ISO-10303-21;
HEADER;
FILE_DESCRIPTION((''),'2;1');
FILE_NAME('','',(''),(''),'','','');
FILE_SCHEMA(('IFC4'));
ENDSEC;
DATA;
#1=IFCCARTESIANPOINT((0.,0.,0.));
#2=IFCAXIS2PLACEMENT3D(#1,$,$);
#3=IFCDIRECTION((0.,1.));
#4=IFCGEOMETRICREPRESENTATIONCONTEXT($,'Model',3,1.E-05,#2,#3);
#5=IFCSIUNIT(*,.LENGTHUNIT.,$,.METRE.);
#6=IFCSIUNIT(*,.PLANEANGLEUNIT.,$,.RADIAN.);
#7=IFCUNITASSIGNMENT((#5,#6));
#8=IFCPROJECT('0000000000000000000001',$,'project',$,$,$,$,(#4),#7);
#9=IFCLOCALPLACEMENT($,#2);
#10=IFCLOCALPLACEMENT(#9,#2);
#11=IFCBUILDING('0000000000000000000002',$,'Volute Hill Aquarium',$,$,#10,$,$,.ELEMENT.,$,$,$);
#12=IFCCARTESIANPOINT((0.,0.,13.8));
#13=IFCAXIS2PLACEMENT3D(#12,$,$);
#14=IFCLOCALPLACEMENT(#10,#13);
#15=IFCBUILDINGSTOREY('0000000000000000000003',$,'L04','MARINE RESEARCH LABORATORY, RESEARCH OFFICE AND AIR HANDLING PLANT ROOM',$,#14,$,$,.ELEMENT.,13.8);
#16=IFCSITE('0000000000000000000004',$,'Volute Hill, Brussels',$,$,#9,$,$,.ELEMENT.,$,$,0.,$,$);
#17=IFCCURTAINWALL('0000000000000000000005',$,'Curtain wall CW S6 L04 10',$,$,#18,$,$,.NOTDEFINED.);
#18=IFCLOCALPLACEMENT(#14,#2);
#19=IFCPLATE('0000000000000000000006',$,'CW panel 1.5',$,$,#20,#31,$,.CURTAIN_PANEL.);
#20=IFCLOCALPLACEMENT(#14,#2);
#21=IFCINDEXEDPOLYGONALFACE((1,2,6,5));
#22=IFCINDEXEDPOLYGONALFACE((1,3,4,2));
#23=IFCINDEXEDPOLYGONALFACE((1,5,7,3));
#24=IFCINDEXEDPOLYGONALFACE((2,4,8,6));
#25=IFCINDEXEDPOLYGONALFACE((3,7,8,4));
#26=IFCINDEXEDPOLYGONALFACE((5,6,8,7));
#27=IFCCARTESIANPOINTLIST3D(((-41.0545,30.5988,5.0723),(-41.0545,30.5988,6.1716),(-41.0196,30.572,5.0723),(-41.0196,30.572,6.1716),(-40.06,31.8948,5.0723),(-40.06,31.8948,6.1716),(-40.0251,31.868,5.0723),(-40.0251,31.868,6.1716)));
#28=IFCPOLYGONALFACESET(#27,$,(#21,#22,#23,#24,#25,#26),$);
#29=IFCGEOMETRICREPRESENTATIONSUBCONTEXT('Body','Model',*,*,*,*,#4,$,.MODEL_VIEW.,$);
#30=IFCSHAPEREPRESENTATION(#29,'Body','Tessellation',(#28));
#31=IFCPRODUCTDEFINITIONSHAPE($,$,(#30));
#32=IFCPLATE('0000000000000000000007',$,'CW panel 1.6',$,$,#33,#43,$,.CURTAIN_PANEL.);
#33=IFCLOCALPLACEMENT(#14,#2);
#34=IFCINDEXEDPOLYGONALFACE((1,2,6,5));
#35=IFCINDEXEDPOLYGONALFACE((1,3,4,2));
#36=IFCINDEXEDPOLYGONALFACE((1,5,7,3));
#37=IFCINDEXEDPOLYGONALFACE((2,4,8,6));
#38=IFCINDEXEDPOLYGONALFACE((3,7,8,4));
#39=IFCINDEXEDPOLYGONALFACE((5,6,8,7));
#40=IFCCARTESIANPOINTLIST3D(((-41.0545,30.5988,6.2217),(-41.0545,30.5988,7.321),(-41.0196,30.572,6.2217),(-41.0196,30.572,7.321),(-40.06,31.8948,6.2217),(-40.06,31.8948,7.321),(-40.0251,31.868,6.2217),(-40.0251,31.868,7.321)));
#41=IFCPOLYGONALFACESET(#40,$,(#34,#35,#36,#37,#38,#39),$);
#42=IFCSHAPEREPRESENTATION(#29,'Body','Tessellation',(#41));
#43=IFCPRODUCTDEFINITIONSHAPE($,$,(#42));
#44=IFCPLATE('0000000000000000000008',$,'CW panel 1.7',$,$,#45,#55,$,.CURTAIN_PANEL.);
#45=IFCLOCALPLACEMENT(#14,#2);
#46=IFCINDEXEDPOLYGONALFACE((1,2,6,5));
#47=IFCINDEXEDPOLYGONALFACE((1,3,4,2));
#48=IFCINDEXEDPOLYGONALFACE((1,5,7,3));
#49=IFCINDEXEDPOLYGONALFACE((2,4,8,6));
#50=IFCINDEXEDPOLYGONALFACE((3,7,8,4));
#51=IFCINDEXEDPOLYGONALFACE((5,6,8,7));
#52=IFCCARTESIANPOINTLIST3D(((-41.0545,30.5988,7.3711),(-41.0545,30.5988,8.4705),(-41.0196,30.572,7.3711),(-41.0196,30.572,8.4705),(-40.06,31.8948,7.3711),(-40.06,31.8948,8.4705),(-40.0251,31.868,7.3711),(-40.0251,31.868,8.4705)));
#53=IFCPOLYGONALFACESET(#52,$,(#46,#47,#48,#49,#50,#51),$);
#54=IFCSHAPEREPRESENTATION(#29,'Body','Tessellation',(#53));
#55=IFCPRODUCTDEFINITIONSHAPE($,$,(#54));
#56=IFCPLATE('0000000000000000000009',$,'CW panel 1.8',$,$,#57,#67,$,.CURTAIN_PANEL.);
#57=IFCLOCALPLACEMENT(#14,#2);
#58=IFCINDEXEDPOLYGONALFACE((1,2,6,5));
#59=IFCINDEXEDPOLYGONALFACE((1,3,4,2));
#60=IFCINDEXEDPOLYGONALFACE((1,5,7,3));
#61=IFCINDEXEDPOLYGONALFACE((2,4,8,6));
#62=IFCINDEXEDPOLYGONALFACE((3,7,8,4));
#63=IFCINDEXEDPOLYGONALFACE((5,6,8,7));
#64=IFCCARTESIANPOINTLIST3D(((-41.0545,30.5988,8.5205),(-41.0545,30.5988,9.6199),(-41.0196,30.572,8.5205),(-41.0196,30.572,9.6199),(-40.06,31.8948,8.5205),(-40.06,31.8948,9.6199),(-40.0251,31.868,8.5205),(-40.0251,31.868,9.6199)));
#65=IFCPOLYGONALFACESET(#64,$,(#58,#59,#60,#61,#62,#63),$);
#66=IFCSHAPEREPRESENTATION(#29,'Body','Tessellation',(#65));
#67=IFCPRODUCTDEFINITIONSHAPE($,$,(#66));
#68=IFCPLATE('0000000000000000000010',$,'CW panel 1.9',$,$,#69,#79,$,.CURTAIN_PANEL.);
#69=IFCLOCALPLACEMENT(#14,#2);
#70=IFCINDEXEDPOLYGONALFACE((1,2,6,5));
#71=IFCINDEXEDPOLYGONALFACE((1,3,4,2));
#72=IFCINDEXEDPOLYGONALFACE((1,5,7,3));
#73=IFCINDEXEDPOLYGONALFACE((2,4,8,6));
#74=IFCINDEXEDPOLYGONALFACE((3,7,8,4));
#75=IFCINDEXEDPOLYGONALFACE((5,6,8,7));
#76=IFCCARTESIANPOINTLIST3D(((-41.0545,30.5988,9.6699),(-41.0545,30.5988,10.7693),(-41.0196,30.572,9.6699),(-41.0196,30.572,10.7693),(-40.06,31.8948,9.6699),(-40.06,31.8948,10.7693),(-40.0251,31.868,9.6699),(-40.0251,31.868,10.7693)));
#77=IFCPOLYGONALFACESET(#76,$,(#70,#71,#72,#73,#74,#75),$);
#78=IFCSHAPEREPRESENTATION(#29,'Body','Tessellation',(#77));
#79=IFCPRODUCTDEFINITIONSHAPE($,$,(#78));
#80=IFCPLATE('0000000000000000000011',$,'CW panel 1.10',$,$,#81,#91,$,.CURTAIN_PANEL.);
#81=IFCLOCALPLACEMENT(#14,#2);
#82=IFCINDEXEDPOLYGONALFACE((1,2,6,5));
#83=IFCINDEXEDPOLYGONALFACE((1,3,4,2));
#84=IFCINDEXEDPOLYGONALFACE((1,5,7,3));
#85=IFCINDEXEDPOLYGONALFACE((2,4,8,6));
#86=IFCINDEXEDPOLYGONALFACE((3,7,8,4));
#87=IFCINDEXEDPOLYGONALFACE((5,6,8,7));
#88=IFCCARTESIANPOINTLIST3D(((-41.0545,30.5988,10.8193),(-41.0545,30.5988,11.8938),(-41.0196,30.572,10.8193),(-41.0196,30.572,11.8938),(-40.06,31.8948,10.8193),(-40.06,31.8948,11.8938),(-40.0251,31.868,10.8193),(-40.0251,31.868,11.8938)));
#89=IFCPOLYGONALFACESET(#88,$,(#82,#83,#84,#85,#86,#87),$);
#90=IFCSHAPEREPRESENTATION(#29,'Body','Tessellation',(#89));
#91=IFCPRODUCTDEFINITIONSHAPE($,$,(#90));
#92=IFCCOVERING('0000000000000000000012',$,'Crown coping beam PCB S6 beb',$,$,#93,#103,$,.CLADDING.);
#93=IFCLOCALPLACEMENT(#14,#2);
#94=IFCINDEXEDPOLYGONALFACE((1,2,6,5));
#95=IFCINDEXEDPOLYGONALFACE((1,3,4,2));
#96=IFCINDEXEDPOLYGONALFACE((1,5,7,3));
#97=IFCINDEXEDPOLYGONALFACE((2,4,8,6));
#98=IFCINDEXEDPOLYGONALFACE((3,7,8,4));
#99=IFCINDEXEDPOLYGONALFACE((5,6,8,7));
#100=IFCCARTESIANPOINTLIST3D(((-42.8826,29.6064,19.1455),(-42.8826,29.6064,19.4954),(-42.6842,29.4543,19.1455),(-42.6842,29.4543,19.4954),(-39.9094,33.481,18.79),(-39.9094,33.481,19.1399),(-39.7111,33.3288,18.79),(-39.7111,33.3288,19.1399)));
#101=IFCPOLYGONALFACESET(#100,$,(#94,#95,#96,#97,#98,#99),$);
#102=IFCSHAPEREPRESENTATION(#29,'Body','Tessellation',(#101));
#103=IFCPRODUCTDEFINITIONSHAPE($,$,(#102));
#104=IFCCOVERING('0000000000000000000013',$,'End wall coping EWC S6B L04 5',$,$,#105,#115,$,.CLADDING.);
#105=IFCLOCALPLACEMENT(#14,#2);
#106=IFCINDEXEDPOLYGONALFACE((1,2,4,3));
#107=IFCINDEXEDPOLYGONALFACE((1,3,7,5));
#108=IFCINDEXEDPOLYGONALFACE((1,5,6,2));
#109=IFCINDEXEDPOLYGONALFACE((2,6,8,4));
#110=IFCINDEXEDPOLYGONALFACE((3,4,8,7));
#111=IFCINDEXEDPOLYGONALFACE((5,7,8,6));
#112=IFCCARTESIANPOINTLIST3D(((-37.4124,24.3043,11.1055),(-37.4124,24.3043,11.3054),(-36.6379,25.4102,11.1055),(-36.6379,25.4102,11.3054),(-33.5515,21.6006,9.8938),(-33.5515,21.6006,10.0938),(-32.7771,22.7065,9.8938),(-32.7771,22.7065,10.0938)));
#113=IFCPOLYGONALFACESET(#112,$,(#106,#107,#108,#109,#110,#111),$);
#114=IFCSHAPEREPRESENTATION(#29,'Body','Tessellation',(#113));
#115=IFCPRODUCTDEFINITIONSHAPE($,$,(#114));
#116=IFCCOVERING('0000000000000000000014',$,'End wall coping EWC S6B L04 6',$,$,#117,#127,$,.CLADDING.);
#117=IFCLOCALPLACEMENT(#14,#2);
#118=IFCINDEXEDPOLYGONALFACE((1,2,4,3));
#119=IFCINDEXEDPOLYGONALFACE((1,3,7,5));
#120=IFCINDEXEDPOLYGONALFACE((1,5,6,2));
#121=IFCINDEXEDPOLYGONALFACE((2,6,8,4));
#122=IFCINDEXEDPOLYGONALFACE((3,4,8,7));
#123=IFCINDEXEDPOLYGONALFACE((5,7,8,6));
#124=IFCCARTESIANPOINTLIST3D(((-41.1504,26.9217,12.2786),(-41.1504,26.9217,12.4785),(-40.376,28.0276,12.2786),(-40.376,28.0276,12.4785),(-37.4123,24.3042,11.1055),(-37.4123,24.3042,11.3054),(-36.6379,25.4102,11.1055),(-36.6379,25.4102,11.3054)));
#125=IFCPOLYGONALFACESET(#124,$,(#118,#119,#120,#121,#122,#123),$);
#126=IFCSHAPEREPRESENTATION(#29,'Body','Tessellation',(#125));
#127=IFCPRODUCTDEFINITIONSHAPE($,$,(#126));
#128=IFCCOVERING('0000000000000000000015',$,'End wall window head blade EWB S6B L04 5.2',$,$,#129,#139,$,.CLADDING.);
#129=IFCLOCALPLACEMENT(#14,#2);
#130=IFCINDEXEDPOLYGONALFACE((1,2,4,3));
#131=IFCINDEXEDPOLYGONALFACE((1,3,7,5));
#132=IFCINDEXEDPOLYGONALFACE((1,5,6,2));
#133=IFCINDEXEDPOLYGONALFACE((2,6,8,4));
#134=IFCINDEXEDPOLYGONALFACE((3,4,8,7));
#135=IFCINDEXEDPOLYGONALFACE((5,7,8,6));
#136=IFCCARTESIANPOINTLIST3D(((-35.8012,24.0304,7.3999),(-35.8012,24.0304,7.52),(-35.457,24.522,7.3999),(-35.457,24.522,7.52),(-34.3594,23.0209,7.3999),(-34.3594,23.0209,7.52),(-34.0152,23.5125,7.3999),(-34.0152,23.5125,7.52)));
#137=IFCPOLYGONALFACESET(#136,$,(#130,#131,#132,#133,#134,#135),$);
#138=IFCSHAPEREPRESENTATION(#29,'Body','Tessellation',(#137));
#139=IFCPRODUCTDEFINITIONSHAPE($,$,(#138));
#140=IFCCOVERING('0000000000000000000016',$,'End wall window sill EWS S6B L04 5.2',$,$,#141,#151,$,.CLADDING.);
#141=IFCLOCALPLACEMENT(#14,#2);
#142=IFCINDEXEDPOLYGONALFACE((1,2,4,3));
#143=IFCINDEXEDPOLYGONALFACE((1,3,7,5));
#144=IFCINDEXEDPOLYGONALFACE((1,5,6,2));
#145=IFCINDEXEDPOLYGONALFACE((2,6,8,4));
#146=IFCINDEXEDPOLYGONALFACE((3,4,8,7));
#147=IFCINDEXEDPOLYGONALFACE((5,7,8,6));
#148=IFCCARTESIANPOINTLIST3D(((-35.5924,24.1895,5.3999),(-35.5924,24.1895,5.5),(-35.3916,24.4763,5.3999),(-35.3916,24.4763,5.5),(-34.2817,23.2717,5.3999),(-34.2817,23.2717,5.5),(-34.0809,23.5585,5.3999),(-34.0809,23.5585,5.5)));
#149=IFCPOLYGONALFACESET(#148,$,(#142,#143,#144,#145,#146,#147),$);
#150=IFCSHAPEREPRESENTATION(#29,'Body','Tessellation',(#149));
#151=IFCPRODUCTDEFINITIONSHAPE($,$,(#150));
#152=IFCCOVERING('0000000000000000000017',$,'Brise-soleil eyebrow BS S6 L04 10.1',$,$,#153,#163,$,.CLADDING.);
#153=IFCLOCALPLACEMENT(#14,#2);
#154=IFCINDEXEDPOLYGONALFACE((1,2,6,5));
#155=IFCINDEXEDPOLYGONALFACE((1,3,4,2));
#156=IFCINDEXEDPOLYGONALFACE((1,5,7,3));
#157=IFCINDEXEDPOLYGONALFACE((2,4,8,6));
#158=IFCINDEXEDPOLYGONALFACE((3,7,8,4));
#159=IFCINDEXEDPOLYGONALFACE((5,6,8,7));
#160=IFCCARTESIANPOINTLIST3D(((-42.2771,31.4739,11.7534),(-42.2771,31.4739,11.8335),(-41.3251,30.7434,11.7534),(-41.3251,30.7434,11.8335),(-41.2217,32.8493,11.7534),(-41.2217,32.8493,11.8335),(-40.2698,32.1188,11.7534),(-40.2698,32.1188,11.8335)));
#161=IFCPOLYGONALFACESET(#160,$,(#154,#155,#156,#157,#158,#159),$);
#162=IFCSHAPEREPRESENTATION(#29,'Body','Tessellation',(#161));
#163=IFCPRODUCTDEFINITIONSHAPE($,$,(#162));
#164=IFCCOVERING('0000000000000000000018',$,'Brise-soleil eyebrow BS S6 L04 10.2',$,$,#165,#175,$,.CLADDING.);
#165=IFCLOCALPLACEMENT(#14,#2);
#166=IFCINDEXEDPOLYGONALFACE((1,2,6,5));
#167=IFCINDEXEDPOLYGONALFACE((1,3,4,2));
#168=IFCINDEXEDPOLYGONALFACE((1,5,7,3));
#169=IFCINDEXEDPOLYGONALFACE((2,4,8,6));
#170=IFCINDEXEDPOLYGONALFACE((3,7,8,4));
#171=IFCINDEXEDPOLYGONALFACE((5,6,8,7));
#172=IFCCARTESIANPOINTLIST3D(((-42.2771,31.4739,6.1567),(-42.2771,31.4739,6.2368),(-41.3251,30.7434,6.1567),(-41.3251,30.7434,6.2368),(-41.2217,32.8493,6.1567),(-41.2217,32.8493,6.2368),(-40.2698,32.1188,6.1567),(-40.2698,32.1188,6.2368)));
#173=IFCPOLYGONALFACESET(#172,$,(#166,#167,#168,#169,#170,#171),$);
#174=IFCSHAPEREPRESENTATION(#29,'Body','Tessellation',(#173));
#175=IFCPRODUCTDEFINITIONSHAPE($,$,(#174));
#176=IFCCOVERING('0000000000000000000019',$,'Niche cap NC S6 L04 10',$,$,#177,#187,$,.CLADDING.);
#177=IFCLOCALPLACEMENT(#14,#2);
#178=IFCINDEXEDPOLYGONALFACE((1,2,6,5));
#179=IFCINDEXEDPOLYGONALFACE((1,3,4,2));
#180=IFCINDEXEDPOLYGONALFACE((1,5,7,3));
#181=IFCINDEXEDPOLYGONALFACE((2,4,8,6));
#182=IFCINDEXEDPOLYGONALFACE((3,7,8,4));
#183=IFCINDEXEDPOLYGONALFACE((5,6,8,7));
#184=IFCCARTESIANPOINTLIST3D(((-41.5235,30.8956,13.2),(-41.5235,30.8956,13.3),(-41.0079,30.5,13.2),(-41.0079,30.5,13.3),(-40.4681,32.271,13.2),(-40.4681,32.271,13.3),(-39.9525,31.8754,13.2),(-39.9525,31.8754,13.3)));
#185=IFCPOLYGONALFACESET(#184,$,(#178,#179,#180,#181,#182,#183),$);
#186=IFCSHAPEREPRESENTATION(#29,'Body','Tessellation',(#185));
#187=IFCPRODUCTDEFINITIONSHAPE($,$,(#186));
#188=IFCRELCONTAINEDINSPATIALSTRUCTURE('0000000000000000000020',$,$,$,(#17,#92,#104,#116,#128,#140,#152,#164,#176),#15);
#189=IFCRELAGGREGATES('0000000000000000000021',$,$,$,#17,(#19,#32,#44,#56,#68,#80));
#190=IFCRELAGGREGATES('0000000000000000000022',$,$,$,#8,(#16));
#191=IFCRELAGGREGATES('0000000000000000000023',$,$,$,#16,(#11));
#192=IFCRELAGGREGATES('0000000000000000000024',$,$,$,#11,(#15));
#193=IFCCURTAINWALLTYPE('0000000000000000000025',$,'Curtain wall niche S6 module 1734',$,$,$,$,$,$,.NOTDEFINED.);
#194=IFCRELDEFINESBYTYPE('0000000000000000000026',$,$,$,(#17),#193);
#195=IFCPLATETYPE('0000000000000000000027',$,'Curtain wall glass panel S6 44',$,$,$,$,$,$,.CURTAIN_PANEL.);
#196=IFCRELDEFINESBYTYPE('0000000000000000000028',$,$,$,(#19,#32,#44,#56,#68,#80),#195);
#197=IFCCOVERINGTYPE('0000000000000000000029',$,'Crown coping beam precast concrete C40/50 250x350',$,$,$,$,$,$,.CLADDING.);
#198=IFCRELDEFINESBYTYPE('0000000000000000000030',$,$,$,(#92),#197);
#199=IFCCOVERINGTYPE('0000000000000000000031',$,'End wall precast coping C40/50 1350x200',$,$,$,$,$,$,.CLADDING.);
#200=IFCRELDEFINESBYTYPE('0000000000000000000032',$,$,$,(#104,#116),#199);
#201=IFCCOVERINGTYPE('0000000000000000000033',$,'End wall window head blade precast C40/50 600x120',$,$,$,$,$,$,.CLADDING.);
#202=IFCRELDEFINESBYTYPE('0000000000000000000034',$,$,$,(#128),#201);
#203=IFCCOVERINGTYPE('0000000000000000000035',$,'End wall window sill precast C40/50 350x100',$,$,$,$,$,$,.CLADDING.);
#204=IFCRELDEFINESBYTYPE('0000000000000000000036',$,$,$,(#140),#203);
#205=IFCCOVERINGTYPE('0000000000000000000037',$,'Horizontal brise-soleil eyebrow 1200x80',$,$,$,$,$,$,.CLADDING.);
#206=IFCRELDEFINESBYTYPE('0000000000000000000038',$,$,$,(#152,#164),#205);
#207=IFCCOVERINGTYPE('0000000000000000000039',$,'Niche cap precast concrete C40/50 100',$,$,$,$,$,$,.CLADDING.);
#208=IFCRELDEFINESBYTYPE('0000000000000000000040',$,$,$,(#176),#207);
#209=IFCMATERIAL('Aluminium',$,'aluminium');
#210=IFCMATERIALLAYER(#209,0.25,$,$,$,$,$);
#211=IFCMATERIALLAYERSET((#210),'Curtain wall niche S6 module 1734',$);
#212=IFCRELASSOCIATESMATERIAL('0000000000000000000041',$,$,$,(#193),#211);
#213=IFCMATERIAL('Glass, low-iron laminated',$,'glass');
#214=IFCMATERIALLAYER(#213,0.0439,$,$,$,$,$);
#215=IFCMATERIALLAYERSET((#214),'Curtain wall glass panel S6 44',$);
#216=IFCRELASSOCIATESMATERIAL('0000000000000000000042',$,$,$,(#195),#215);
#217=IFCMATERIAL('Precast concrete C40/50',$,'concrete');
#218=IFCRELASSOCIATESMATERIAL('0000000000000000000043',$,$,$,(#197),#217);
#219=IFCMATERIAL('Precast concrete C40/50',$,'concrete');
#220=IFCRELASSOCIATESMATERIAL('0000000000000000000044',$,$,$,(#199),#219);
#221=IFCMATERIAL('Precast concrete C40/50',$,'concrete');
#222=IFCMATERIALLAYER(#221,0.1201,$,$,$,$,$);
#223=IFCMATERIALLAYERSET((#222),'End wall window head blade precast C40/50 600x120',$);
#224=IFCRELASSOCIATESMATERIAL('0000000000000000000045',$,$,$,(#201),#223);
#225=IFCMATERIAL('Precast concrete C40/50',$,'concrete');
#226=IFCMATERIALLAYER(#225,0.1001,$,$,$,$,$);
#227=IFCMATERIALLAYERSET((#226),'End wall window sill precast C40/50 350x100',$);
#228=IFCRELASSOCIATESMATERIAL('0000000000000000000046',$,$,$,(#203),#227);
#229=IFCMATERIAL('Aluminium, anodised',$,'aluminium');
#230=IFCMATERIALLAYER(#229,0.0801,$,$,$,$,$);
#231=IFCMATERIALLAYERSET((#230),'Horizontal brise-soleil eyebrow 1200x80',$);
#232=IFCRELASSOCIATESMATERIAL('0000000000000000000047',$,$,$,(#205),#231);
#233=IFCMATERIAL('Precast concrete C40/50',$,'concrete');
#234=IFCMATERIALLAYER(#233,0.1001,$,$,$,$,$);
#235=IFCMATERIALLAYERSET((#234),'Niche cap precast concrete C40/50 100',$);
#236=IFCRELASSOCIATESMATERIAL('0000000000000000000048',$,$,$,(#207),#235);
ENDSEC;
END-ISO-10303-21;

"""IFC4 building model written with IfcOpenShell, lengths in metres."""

from ifc_helpers import new_model, si_unit, direction, frame, origin, origin_2d, place, context, subcontext, project, spatial, polyline, rectangle, outline, extrude, material, layer, layer_set, type_object, element, aggregate, save


model = new_model("IFC4")

# Units and contexts
model_context = context("Model", 3, precision=1e-05, world=origin(), true_north=direction((0.0, 1.0)))
body_context = subcontext(model_context, "Body", "Model", "MODEL_VIEW")
ifc_project = project(units=[si_unit("LENGTHUNIT", "METRE"), si_unit("PLANEANGLEUNIT", "RADIAN")], contexts=[model_context])

# Site, building, storey
site_placement = place(None, origin())
site = spatial("IfcSite", under=ifc_project, at=site_placement, Name="Volute Hill, Brussels", CompositionType="ELEMENT", RefElevation=0.0)
building_placement = place(site_placement, origin())
building = spatial("IfcBuilding", under=site, at=building_placement, Name="Volute Hill Aquarium", CompositionType="ELEMENT")
storey_placement = place(building_placement, frame((0.0, 0.0, 13.8)))
storey = spatial("IfcBuildingStorey", under=building, at=storey_placement, Name="L04", Description="MARINE RESEARCH LABORATORY, RESEARCH OFFICE AND AIR HANDLING PLANT ROOM", CompositionType="ELEMENT", Elevation=13.8)

# Curtain wall
ifc_material_1 = material(Name="Aluminium", Category="aluminium")
ifc_layer_1 = layer(ifc_material_1, 0.25)
ifc_layer_set_1 = layer_set([ifc_layer_1], Name="Curtain wall niche S6 module 1734")
curtain_wall_type_1 = type_object("IfcCurtainWallType", Name="Curtain wall niche S6 module 1734", PredefinedType="NOTDEFINED", material=ifc_layer_set_1)
curtain_wall_1_placement = place(storey_placement, origin())
curtain_wall_1 = element("IfcCurtainWall", 1, at=curtain_wall_1_placement, inside=storey, type_object=curtain_wall_type_1, Name="Curtain wall CW S6 L04 10", PredefinedType="NOTDEFINED")

# Shared definitions
ifc_material_2 = material(Name="Glass, low-iron laminated", Category="glass")
ifc_layer_2 = layer(ifc_material_2, 0.0439)
ifc_layer_set_2 = layer_set([ifc_layer_2], Name="Curtain wall glass panel S6 44")
plate_type = type_object("IfcPlateType", Name="Curtain wall glass panel S6 44", PredefinedType="CURTAIN_PANEL", material=ifc_layer_set_2)

# Plates
plate_1_placement = place(storey_placement, frame((-40.5398, 31.2334, 5.0723), z_axis=(0.0, 0.0, 1.0), x_axis=(-0.608767, -0.793349, 0.0)))
plate_1 = element("IfcPlate", 2, at=plate_1_placement, type_object=plate_type, Name="CW panel 1.5", PredefinedType="CURTAIN_PANEL", context=body_context, shape_type="SweptSolid", body=[
    extrude(rectangle(XDim=1.6335, YDim=0.0439, at=origin_2d()), origin(), (0.0, 0.0, 1.0), 1.0994),
])
plate_2_placement = place(storey_placement, frame((-40.5398, 31.2334, 6.2217), z_axis=(0.0, 0.0, 1.0), x_axis=(-0.608767, -0.793349, 0.0)))
plate_2 = element("IfcPlate", 3, at=plate_2_placement, type_object=plate_type, Name="CW panel 1.6", PredefinedType="CURTAIN_PANEL", context=body_context, shape_type="SweptSolid", body=[
    extrude(rectangle(XDim=1.6335, YDim=0.0439, at=origin_2d()), origin(), (0.0, 0.0, 1.0), 1.0994),
])
plate_3_placement = place(storey_placement, frame((-40.5398, 31.2334, 7.3711), z_axis=(0.0, 0.0, 1.0), x_axis=(-0.608767, -0.793349, 0.0)))
plate_3 = element("IfcPlate", 4, at=plate_3_placement, type_object=plate_type, Name="CW panel 1.7", PredefinedType="CURTAIN_PANEL", context=body_context, shape_type="SweptSolid", body=[
    extrude(rectangle(XDim=1.6335, YDim=0.0439, at=origin_2d()), origin(), (0.0, 0.0, 1.0), 1.0994),
])
plate_4_placement = place(storey_placement, frame((-40.5398, 31.2334, 8.5205), z_axis=(0.0, 0.0, 1.0), x_axis=(-0.608767, -0.793349, 0.0)))
plate_4 = element("IfcPlate", 5, at=plate_4_placement, type_object=plate_type, Name="CW panel 1.8", PredefinedType="CURTAIN_PANEL", context=body_context, shape_type="SweptSolid", body=[
    extrude(rectangle(XDim=1.6335, YDim=0.0439, at=origin_2d()), origin(), (0.0, 0.0, 1.0), 1.0994),
])
plate_5_placement = place(storey_placement, frame((-40.5398, 31.2334, 9.6699), z_axis=(0.0, 0.0, 1.0), x_axis=(-0.608767, -0.793349, 0.0)))
plate_5 = element("IfcPlate", 6, at=plate_5_placement, type_object=plate_type, Name="CW panel 1.9", PredefinedType="CURTAIN_PANEL", context=body_context, shape_type="SweptSolid", body=[
    extrude(rectangle(XDim=1.6335, YDim=0.0439, at=origin_2d()), origin(), (0.0, 0.0, 1.0), 1.0994),
])
plate_6_placement = place(storey_placement, frame((-40.5398, 31.2334, 10.8193), z_axis=(0.0, 0.0, 1.0), x_axis=(-0.608767, -0.793349, 0.0)))
plate_6 = element("IfcPlate", 7, at=plate_6_placement, type_object=plate_type, Name="CW panel 1.10", PredefinedType="CURTAIN_PANEL", context=body_context, shape_type="SweptSolid", body=[
    extrude(rectangle(XDim=1.6335, YDim=0.0439, at=origin_2d()), origin(), (0.0, 0.0, 1.0), 1.0745),
])
aggregate(curtain_wall_1, [plate_1, plate_2, plate_3, plate_4, plate_5, plate_6])

# Coverings
ifc_material_3 = material(Name="Precast concrete C40/50", Category="concrete")
covering_type_1 = type_object("IfcCoveringType", Name="Crown coping beam precast concrete C40/50 250x350", PredefinedType="CLADDING", material=ifc_material_3)
covering_1_placement = place(storey_placement, frame((-39.9094, 33.481, 18.79), z_axis=(-0.793341, 0.608778, 0.0), x_axis=(-0.607172, -0.791248, 0.072593)))
element("IfcCovering", 8, at=covering_1_placement, inside=storey, type_object=covering_type_1, Name="Crown coping beam PCB S6 beb", PredefinedType="CLADDING", context=body_context, shape_type="SweptSolid", body=[
    extrude(outline(polyline([(0.0, 0.0), (4.8967, 0.0), (4.9221, 0.3489), (0.0254, 0.3489), (0.0, 0.0)])), origin(), (0.0, 0.0, -1.0), 0.25),
])
ifc_material_4 = material(Name="Precast concrete C40/50", Category="concrete")
covering_type_2 = type_object("IfcCoveringType", Name="End wall precast coping C40/50 1350x200", PredefinedType="CLADDING", material=ifc_material_4)
covering_2_placement = place(storey_placement, frame((-32.7771, 22.7065, 9.8938), z_axis=(0.573608, 0.81913, 0.0), x_axis=(-0.793335, 0.555545, 0.248977)))
element("IfcCovering", 9, at=covering_2_placement, inside=storey, type_object=covering_type_2, Name="End wall coping EWC S6B L04 5", PredefinedType="CLADDING", context=body_context, shape_type="SweptSolid", body=[
    extrude(outline(polyline([(0.0, 0.0), (4.8666, 0.0), (4.9164, 0.1937), (0.0498, 0.1937), (0.0, 0.0)])), origin(), (0.0, 0.0, -1.0), 1.3501),
])
covering_3_placement = place(storey_placement, frame((-36.6379, 25.4102, 11.1055), z_axis=(0.573581, 0.819149, 0.0), x_axis=(-0.793354, 0.555519, 0.248976)))
element("IfcCovering", 10, at=covering_3_placement, inside=storey, type_object=covering_type_2, Name="End wall coping EWC S6B L04 6", PredefinedType="CLADDING", context=body_context, shape_type="SweptSolid", body=[
    extrude(outline(polyline([(0.0, 0.0), (4.7117, 0.0), (4.7615, 0.1937), (0.0498, 0.1937), (0.0, 0.0)])), origin(), (0.0, 0.0, -1.0), 1.3501),
])
ifc_material_5 = material(Name="Precast concrete C40/50", Category="concrete")
ifc_layer_3 = layer(ifc_material_5, 0.1201)
ifc_layer_set_3 = layer_set([ifc_layer_3], Name="End wall window head blade precast C40/50 600x120")
covering_type_3 = type_object("IfcCoveringType", Name="End wall window head blade precast C40/50 600x120", PredefinedType="CLADDING", material=ifc_layer_set_3)
covering_4_placement = place(storey_placement, frame((-34.9082, 23.7715, 7.3999), z_axis=(0.0, 0.0, 1.0), x_axis=(-0.819151, 0.573577, 0.0)))
element("IfcCovering", 11, at=covering_4_placement, inside=storey, type_object=covering_type_3, Name="End wall window head blade EWB S6B L04 5.2", PredefinedType="CLADDING", context=body_context, shape_type="SweptSolid", body=[
    extrude(rectangle(XDim=1.76, YDim=0.6001, at=origin_2d()), origin(), (0.0, 0.0, 1.0), 0.1201),
])
ifc_material_6 = material(Name="Precast concrete C40/50", Category="concrete")
ifc_layer_4 = layer(ifc_material_6, 0.1001)
ifc_layer_set_4 = layer_set([ifc_layer_4], Name="End wall window sill precast C40/50 350x100")
covering_type_4 = type_object("IfcCoveringType", Name="End wall window sill precast C40/50 350x100", PredefinedType="CLADDING", material=ifc_layer_set_4)
covering_5_placement = place(storey_placement, frame((-34.8367, 23.874, 5.3999), z_axis=(0.0, 0.0, 1.0), x_axis=(-0.819151, 0.573577, 0.0)))
element("IfcCovering", 12, at=covering_5_placement, inside=storey, type_object=covering_type_4, Name="End wall window sill EWS S6B L04 5.2", PredefinedType="CLADDING", context=body_context, shape_type="SweptSolid", body=[
    extrude(rectangle(XDim=1.6001, YDim=0.3501, at=origin_2d()), origin(), (0.0, 0.0, 1.0), 0.1001),
])
ifc_material_7 = material(Name="Aluminium, anodised", Category="aluminium")
ifc_layer_5 = layer(ifc_material_7, 0.0801)
ifc_layer_set_5 = layer_set([ifc_layer_5], Name="Horizontal brise-soleil eyebrow 1200x80")
covering_type_5 = type_object("IfcCoveringType", Name="Horizontal brise-soleil eyebrow 1200x80", PredefinedType="CLADDING", material=ifc_layer_set_5)
for number, where, z_axis, x_axis, name in (
    (13, (-41.2734, 31.7964, 11.7534), (0.0, 0.0, 1.0), (-0.608766, -0.79335, 0.0), "Brise-soleil eyebrow BS S6 L04 10.1"),
    (14, (-41.2734, 31.7964, 6.1567), (0.0, 0.0, 1.0), (-0.608766, -0.79335, 0.0), "Brise-soleil eyebrow BS S6 L04 10.2"),
):
    element("IfcCovering", number, at=place(storey_placement, frame(where, z_axis=z_axis, x_axis=x_axis)), inside=storey, type_object=covering_type_5, Name=name, PredefinedType="CLADDING", context=body_context, shape_type="SweptSolid", body=[
        extrude(rectangle(XDim=1.7336, YDim=1.2, at=origin_2d()), origin(), (0.0, 0.0, 1.0), 0.0801),
    ])
ifc_material_8 = material(Name="Precast concrete C40/50", Category="concrete")
ifc_layer_6 = layer(ifc_material_8, 0.1001)
ifc_layer_set_6 = layer_set([ifc_layer_6], Name="Niche cap precast concrete C40/50 100")
covering_type_6 = type_object("IfcCoveringType", Name="Niche cap precast concrete C40/50 100", PredefinedType="CLADDING", material=ifc_layer_set_6)
covering_6_placement = place(storey_placement, frame((-40.738, 31.3855, 13.2), z_axis=(0.0, 0.0, 1.0), x_axis=(-0.608766, -0.79335, 0.0)))
element("IfcCovering", 15, at=covering_6_placement, inside=storey, type_object=covering_type_6, Name="Niche cap NC S6 L04 10", PredefinedType="CLADDING", context=body_context, shape_type="SweptSolid", body=[
    extrude(rectangle(XDim=1.7336, YDim=0.6499, at=origin_2d()), origin(), (0.0, 0.0, 1.0), 0.1001),
])

save(model, "model.ifc")
